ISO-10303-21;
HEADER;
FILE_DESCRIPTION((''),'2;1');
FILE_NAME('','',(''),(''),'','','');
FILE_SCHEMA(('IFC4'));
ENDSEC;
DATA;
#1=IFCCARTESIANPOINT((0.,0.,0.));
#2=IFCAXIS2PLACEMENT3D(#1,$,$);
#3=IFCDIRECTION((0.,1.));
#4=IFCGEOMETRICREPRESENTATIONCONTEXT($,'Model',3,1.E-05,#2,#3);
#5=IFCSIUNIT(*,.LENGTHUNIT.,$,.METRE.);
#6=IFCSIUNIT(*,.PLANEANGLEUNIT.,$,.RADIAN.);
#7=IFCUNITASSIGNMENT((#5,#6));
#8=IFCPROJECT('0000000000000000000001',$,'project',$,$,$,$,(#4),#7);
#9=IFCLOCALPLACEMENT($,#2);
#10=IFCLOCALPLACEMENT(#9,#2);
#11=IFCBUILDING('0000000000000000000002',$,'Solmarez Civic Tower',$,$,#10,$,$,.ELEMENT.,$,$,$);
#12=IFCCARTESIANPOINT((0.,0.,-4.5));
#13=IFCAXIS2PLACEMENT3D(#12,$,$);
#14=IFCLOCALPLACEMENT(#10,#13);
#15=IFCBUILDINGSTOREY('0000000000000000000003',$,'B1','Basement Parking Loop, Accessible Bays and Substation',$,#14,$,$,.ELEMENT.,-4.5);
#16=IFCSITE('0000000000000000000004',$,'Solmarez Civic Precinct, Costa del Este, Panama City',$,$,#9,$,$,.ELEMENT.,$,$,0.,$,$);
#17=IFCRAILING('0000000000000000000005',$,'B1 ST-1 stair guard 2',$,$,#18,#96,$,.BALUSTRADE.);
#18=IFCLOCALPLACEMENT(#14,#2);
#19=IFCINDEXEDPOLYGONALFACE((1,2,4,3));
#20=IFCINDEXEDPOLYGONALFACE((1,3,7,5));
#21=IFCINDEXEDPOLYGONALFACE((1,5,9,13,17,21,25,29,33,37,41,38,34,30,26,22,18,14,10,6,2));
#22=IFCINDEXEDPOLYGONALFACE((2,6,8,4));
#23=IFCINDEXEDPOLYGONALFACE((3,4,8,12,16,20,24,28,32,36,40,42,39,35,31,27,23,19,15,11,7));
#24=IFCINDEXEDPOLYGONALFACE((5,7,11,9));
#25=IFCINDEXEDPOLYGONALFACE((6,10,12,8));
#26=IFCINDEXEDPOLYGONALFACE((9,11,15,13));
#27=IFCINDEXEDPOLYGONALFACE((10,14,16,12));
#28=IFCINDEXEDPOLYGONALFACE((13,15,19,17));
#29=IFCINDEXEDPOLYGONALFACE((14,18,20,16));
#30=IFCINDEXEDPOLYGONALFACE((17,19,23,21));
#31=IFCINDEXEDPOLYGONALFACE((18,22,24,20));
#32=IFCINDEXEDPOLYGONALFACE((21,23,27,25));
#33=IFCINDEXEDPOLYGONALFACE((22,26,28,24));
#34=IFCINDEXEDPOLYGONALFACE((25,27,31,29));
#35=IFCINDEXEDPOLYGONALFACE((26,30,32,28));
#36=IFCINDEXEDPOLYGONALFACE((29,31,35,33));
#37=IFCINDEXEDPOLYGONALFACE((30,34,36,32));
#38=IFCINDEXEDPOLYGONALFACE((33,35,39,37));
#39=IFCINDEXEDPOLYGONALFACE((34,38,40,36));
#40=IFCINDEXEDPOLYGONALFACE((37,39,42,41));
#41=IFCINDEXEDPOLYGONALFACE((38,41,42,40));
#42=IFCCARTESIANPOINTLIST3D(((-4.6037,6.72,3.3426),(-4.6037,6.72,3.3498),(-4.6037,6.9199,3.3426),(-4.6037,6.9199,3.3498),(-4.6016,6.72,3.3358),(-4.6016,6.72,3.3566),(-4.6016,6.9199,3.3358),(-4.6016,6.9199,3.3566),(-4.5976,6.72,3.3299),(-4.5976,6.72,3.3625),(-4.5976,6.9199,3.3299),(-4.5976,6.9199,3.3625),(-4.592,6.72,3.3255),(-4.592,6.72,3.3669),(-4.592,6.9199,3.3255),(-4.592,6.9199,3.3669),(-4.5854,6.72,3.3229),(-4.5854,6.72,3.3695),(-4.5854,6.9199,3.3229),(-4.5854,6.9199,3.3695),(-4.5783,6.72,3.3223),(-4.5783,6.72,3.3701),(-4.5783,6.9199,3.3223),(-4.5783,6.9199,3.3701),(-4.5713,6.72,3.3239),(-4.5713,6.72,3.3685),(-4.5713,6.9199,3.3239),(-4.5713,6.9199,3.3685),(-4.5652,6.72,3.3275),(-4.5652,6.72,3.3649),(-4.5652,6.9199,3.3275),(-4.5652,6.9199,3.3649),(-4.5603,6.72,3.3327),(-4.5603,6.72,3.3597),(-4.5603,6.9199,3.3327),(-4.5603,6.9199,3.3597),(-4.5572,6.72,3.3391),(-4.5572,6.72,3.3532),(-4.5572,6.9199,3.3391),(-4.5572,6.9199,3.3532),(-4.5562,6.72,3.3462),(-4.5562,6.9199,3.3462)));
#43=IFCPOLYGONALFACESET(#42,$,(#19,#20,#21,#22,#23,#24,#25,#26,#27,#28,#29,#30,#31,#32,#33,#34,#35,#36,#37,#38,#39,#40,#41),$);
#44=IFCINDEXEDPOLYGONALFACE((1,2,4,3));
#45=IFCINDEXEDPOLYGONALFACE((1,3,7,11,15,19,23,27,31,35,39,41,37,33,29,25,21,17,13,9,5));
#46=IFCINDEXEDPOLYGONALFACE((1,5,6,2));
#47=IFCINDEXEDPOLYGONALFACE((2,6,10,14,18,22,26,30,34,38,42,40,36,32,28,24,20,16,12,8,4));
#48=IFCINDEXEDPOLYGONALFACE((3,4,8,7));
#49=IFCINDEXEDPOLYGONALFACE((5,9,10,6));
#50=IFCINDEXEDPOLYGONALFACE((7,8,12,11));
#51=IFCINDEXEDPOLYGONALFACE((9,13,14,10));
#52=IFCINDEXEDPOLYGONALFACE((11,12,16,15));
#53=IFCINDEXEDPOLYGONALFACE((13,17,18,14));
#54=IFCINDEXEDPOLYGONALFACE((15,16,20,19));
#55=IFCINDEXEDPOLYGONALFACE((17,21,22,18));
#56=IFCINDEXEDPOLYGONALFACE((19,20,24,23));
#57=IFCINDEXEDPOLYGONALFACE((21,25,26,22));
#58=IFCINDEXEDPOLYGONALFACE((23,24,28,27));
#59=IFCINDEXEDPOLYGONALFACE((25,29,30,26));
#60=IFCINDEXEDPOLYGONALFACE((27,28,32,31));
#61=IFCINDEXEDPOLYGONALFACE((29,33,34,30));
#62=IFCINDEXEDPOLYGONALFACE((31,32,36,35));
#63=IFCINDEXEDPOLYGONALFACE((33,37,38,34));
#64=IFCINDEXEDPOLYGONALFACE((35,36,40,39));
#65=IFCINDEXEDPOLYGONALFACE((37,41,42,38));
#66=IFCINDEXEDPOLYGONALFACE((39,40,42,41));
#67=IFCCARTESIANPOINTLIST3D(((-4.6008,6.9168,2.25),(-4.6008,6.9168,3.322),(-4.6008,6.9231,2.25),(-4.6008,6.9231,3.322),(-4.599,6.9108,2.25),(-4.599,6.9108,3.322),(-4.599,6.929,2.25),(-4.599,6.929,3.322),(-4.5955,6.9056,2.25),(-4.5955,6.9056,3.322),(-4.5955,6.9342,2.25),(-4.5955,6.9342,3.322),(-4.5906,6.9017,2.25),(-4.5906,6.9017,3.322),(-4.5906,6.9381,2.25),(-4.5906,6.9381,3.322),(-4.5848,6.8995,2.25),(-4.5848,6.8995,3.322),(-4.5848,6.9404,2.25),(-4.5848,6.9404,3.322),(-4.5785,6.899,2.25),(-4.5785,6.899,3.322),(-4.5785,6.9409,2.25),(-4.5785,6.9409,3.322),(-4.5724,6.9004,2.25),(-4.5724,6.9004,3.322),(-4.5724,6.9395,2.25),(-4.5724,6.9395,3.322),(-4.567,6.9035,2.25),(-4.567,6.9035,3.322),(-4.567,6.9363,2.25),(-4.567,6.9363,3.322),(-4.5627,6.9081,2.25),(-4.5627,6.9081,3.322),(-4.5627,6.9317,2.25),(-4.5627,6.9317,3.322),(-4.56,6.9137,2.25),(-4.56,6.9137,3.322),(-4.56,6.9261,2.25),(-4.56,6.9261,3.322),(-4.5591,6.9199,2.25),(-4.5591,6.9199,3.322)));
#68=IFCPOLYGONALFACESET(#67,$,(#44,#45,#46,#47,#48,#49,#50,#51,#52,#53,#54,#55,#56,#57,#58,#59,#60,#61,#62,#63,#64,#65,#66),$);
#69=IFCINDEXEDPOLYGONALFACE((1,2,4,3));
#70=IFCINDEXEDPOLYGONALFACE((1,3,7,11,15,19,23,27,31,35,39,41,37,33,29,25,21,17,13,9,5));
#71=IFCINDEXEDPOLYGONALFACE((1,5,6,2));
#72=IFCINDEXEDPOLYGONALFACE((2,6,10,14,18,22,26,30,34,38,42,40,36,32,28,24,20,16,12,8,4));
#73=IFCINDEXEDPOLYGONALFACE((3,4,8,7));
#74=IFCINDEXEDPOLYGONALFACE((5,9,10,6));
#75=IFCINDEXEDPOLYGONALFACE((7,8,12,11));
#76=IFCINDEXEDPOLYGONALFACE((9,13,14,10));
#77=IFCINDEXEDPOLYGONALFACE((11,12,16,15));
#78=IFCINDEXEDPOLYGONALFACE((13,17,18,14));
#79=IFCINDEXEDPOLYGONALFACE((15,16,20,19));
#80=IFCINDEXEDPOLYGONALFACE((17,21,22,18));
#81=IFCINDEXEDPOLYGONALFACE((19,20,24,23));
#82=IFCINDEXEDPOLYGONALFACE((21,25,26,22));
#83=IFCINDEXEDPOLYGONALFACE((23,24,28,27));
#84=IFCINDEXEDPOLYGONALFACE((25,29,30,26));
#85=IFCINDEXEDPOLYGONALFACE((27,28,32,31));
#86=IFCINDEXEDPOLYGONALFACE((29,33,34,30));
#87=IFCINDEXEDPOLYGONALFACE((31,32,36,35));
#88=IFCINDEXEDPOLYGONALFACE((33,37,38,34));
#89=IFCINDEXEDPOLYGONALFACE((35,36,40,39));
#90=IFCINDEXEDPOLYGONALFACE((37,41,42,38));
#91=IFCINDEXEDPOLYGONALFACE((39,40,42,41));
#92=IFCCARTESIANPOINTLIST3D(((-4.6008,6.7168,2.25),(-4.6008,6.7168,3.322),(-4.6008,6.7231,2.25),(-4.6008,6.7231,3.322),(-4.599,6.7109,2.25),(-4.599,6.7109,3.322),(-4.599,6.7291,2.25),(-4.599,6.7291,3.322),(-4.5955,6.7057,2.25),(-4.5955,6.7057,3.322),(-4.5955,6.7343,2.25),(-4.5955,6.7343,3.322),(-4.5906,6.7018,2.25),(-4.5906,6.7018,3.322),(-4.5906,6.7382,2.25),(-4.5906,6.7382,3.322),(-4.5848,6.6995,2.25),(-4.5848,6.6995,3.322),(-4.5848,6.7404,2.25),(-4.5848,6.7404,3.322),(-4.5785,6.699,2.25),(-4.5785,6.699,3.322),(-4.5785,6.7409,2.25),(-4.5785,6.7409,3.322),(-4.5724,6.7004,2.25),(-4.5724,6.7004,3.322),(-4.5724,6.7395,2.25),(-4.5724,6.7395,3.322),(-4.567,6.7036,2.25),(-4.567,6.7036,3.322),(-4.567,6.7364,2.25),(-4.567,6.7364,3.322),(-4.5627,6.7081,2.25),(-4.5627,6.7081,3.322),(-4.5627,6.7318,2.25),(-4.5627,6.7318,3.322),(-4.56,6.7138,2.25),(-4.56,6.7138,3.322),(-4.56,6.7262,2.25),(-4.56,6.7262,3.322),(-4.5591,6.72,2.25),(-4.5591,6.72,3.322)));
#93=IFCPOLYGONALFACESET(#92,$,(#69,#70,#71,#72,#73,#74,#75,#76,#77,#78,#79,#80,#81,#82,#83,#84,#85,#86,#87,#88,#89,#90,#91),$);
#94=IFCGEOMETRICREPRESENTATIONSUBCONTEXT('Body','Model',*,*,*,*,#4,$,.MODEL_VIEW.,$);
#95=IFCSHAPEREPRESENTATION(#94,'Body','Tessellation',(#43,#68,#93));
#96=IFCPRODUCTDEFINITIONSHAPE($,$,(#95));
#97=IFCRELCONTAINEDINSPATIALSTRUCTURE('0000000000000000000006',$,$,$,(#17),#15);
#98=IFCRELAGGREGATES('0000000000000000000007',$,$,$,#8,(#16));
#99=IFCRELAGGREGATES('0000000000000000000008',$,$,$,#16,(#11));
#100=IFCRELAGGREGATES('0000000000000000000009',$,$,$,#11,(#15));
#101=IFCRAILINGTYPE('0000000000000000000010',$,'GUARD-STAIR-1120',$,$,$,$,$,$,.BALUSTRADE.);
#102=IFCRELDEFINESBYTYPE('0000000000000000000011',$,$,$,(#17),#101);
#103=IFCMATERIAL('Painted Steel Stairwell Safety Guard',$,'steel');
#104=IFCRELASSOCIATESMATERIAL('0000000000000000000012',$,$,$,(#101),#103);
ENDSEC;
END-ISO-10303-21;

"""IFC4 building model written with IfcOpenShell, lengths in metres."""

from ifc_helpers import new_model, si_unit, direction, frame, origin, origin_2d, place, context, subcontext, project, spatial, circle, extrude, material, type_object, element, save


model = new_model("IFC4")

# Units and contexts
model_context = context("Model", 3, precision=1e-05, world=origin(), true_north=direction((0.0, 1.0)))
body_context = subcontext(model_context, "Body", "Model", "MODEL_VIEW")
ifc_project = project(units=[si_unit("LENGTHUNIT", "METRE"), si_unit("PLANEANGLEUNIT", "RADIAN")], contexts=[model_context])

# Site, building, storey
site_placement = place(None, origin())
site = spatial("IfcSite", under=ifc_project, at=site_placement, Name="Solmarez Civic Precinct, Costa del Este, Panama City", CompositionType="ELEMENT", RefElevation=0.0)
building_placement = place(site_placement, origin())
building = spatial("IfcBuilding", under=site, at=building_placement, Name="Solmarez Civic Tower", CompositionType="ELEMENT")
storey_placement = place(building_placement, frame((0.0, 0.0, -4.5)))
storey = spatial("IfcBuildingStorey", under=building, at=storey_placement, Name="B1", Description="Basement Parking Loop, Accessible Bays and Substation", CompositionType="ELEMENT", Elevation=-4.5)

# Railing
ifc_material_1 = material(Name="Painted Steel Stairwell Safety Guard", Category="steel")
railing_type_1 = type_object("IfcRailingType", Name="GUARD-STAIR-1120", PredefinedType="BALUSTRADE", material=ifc_material_1)
railing_1_placement = place(storey_placement, frame((-4.5801, 6.9199, 2.25)))
element("IfcRailing", 1, at=railing_1_placement, inside=storey, type_object=railing_type_1, Name="B1 ST-1 stair guard 2", PredefinedType="BALUSTRADE", context=body_context, shape_type="SweptSolid", body=[
    extrude(circle(Radius=0.0239, at=origin_2d()), frame((0.0, 0.0, 1.0962), z_axis=(0.0, -1.0, 0.0), x_axis=(1.0, 0.0, 0.0)), (0.0, 0.0, 1.0), 0.2),
    extrude(circle(Radius=0.021, at=origin_2d()), origin(), (0.0, 0.0, 1.0), 1.072),
    extrude(circle(Radius=0.021, at=origin_2d()), frame((0.0, -0.2, 0.0)), (0.0, 0.0, 1.0), 1.072),
])

save(model, "model.ifc")
